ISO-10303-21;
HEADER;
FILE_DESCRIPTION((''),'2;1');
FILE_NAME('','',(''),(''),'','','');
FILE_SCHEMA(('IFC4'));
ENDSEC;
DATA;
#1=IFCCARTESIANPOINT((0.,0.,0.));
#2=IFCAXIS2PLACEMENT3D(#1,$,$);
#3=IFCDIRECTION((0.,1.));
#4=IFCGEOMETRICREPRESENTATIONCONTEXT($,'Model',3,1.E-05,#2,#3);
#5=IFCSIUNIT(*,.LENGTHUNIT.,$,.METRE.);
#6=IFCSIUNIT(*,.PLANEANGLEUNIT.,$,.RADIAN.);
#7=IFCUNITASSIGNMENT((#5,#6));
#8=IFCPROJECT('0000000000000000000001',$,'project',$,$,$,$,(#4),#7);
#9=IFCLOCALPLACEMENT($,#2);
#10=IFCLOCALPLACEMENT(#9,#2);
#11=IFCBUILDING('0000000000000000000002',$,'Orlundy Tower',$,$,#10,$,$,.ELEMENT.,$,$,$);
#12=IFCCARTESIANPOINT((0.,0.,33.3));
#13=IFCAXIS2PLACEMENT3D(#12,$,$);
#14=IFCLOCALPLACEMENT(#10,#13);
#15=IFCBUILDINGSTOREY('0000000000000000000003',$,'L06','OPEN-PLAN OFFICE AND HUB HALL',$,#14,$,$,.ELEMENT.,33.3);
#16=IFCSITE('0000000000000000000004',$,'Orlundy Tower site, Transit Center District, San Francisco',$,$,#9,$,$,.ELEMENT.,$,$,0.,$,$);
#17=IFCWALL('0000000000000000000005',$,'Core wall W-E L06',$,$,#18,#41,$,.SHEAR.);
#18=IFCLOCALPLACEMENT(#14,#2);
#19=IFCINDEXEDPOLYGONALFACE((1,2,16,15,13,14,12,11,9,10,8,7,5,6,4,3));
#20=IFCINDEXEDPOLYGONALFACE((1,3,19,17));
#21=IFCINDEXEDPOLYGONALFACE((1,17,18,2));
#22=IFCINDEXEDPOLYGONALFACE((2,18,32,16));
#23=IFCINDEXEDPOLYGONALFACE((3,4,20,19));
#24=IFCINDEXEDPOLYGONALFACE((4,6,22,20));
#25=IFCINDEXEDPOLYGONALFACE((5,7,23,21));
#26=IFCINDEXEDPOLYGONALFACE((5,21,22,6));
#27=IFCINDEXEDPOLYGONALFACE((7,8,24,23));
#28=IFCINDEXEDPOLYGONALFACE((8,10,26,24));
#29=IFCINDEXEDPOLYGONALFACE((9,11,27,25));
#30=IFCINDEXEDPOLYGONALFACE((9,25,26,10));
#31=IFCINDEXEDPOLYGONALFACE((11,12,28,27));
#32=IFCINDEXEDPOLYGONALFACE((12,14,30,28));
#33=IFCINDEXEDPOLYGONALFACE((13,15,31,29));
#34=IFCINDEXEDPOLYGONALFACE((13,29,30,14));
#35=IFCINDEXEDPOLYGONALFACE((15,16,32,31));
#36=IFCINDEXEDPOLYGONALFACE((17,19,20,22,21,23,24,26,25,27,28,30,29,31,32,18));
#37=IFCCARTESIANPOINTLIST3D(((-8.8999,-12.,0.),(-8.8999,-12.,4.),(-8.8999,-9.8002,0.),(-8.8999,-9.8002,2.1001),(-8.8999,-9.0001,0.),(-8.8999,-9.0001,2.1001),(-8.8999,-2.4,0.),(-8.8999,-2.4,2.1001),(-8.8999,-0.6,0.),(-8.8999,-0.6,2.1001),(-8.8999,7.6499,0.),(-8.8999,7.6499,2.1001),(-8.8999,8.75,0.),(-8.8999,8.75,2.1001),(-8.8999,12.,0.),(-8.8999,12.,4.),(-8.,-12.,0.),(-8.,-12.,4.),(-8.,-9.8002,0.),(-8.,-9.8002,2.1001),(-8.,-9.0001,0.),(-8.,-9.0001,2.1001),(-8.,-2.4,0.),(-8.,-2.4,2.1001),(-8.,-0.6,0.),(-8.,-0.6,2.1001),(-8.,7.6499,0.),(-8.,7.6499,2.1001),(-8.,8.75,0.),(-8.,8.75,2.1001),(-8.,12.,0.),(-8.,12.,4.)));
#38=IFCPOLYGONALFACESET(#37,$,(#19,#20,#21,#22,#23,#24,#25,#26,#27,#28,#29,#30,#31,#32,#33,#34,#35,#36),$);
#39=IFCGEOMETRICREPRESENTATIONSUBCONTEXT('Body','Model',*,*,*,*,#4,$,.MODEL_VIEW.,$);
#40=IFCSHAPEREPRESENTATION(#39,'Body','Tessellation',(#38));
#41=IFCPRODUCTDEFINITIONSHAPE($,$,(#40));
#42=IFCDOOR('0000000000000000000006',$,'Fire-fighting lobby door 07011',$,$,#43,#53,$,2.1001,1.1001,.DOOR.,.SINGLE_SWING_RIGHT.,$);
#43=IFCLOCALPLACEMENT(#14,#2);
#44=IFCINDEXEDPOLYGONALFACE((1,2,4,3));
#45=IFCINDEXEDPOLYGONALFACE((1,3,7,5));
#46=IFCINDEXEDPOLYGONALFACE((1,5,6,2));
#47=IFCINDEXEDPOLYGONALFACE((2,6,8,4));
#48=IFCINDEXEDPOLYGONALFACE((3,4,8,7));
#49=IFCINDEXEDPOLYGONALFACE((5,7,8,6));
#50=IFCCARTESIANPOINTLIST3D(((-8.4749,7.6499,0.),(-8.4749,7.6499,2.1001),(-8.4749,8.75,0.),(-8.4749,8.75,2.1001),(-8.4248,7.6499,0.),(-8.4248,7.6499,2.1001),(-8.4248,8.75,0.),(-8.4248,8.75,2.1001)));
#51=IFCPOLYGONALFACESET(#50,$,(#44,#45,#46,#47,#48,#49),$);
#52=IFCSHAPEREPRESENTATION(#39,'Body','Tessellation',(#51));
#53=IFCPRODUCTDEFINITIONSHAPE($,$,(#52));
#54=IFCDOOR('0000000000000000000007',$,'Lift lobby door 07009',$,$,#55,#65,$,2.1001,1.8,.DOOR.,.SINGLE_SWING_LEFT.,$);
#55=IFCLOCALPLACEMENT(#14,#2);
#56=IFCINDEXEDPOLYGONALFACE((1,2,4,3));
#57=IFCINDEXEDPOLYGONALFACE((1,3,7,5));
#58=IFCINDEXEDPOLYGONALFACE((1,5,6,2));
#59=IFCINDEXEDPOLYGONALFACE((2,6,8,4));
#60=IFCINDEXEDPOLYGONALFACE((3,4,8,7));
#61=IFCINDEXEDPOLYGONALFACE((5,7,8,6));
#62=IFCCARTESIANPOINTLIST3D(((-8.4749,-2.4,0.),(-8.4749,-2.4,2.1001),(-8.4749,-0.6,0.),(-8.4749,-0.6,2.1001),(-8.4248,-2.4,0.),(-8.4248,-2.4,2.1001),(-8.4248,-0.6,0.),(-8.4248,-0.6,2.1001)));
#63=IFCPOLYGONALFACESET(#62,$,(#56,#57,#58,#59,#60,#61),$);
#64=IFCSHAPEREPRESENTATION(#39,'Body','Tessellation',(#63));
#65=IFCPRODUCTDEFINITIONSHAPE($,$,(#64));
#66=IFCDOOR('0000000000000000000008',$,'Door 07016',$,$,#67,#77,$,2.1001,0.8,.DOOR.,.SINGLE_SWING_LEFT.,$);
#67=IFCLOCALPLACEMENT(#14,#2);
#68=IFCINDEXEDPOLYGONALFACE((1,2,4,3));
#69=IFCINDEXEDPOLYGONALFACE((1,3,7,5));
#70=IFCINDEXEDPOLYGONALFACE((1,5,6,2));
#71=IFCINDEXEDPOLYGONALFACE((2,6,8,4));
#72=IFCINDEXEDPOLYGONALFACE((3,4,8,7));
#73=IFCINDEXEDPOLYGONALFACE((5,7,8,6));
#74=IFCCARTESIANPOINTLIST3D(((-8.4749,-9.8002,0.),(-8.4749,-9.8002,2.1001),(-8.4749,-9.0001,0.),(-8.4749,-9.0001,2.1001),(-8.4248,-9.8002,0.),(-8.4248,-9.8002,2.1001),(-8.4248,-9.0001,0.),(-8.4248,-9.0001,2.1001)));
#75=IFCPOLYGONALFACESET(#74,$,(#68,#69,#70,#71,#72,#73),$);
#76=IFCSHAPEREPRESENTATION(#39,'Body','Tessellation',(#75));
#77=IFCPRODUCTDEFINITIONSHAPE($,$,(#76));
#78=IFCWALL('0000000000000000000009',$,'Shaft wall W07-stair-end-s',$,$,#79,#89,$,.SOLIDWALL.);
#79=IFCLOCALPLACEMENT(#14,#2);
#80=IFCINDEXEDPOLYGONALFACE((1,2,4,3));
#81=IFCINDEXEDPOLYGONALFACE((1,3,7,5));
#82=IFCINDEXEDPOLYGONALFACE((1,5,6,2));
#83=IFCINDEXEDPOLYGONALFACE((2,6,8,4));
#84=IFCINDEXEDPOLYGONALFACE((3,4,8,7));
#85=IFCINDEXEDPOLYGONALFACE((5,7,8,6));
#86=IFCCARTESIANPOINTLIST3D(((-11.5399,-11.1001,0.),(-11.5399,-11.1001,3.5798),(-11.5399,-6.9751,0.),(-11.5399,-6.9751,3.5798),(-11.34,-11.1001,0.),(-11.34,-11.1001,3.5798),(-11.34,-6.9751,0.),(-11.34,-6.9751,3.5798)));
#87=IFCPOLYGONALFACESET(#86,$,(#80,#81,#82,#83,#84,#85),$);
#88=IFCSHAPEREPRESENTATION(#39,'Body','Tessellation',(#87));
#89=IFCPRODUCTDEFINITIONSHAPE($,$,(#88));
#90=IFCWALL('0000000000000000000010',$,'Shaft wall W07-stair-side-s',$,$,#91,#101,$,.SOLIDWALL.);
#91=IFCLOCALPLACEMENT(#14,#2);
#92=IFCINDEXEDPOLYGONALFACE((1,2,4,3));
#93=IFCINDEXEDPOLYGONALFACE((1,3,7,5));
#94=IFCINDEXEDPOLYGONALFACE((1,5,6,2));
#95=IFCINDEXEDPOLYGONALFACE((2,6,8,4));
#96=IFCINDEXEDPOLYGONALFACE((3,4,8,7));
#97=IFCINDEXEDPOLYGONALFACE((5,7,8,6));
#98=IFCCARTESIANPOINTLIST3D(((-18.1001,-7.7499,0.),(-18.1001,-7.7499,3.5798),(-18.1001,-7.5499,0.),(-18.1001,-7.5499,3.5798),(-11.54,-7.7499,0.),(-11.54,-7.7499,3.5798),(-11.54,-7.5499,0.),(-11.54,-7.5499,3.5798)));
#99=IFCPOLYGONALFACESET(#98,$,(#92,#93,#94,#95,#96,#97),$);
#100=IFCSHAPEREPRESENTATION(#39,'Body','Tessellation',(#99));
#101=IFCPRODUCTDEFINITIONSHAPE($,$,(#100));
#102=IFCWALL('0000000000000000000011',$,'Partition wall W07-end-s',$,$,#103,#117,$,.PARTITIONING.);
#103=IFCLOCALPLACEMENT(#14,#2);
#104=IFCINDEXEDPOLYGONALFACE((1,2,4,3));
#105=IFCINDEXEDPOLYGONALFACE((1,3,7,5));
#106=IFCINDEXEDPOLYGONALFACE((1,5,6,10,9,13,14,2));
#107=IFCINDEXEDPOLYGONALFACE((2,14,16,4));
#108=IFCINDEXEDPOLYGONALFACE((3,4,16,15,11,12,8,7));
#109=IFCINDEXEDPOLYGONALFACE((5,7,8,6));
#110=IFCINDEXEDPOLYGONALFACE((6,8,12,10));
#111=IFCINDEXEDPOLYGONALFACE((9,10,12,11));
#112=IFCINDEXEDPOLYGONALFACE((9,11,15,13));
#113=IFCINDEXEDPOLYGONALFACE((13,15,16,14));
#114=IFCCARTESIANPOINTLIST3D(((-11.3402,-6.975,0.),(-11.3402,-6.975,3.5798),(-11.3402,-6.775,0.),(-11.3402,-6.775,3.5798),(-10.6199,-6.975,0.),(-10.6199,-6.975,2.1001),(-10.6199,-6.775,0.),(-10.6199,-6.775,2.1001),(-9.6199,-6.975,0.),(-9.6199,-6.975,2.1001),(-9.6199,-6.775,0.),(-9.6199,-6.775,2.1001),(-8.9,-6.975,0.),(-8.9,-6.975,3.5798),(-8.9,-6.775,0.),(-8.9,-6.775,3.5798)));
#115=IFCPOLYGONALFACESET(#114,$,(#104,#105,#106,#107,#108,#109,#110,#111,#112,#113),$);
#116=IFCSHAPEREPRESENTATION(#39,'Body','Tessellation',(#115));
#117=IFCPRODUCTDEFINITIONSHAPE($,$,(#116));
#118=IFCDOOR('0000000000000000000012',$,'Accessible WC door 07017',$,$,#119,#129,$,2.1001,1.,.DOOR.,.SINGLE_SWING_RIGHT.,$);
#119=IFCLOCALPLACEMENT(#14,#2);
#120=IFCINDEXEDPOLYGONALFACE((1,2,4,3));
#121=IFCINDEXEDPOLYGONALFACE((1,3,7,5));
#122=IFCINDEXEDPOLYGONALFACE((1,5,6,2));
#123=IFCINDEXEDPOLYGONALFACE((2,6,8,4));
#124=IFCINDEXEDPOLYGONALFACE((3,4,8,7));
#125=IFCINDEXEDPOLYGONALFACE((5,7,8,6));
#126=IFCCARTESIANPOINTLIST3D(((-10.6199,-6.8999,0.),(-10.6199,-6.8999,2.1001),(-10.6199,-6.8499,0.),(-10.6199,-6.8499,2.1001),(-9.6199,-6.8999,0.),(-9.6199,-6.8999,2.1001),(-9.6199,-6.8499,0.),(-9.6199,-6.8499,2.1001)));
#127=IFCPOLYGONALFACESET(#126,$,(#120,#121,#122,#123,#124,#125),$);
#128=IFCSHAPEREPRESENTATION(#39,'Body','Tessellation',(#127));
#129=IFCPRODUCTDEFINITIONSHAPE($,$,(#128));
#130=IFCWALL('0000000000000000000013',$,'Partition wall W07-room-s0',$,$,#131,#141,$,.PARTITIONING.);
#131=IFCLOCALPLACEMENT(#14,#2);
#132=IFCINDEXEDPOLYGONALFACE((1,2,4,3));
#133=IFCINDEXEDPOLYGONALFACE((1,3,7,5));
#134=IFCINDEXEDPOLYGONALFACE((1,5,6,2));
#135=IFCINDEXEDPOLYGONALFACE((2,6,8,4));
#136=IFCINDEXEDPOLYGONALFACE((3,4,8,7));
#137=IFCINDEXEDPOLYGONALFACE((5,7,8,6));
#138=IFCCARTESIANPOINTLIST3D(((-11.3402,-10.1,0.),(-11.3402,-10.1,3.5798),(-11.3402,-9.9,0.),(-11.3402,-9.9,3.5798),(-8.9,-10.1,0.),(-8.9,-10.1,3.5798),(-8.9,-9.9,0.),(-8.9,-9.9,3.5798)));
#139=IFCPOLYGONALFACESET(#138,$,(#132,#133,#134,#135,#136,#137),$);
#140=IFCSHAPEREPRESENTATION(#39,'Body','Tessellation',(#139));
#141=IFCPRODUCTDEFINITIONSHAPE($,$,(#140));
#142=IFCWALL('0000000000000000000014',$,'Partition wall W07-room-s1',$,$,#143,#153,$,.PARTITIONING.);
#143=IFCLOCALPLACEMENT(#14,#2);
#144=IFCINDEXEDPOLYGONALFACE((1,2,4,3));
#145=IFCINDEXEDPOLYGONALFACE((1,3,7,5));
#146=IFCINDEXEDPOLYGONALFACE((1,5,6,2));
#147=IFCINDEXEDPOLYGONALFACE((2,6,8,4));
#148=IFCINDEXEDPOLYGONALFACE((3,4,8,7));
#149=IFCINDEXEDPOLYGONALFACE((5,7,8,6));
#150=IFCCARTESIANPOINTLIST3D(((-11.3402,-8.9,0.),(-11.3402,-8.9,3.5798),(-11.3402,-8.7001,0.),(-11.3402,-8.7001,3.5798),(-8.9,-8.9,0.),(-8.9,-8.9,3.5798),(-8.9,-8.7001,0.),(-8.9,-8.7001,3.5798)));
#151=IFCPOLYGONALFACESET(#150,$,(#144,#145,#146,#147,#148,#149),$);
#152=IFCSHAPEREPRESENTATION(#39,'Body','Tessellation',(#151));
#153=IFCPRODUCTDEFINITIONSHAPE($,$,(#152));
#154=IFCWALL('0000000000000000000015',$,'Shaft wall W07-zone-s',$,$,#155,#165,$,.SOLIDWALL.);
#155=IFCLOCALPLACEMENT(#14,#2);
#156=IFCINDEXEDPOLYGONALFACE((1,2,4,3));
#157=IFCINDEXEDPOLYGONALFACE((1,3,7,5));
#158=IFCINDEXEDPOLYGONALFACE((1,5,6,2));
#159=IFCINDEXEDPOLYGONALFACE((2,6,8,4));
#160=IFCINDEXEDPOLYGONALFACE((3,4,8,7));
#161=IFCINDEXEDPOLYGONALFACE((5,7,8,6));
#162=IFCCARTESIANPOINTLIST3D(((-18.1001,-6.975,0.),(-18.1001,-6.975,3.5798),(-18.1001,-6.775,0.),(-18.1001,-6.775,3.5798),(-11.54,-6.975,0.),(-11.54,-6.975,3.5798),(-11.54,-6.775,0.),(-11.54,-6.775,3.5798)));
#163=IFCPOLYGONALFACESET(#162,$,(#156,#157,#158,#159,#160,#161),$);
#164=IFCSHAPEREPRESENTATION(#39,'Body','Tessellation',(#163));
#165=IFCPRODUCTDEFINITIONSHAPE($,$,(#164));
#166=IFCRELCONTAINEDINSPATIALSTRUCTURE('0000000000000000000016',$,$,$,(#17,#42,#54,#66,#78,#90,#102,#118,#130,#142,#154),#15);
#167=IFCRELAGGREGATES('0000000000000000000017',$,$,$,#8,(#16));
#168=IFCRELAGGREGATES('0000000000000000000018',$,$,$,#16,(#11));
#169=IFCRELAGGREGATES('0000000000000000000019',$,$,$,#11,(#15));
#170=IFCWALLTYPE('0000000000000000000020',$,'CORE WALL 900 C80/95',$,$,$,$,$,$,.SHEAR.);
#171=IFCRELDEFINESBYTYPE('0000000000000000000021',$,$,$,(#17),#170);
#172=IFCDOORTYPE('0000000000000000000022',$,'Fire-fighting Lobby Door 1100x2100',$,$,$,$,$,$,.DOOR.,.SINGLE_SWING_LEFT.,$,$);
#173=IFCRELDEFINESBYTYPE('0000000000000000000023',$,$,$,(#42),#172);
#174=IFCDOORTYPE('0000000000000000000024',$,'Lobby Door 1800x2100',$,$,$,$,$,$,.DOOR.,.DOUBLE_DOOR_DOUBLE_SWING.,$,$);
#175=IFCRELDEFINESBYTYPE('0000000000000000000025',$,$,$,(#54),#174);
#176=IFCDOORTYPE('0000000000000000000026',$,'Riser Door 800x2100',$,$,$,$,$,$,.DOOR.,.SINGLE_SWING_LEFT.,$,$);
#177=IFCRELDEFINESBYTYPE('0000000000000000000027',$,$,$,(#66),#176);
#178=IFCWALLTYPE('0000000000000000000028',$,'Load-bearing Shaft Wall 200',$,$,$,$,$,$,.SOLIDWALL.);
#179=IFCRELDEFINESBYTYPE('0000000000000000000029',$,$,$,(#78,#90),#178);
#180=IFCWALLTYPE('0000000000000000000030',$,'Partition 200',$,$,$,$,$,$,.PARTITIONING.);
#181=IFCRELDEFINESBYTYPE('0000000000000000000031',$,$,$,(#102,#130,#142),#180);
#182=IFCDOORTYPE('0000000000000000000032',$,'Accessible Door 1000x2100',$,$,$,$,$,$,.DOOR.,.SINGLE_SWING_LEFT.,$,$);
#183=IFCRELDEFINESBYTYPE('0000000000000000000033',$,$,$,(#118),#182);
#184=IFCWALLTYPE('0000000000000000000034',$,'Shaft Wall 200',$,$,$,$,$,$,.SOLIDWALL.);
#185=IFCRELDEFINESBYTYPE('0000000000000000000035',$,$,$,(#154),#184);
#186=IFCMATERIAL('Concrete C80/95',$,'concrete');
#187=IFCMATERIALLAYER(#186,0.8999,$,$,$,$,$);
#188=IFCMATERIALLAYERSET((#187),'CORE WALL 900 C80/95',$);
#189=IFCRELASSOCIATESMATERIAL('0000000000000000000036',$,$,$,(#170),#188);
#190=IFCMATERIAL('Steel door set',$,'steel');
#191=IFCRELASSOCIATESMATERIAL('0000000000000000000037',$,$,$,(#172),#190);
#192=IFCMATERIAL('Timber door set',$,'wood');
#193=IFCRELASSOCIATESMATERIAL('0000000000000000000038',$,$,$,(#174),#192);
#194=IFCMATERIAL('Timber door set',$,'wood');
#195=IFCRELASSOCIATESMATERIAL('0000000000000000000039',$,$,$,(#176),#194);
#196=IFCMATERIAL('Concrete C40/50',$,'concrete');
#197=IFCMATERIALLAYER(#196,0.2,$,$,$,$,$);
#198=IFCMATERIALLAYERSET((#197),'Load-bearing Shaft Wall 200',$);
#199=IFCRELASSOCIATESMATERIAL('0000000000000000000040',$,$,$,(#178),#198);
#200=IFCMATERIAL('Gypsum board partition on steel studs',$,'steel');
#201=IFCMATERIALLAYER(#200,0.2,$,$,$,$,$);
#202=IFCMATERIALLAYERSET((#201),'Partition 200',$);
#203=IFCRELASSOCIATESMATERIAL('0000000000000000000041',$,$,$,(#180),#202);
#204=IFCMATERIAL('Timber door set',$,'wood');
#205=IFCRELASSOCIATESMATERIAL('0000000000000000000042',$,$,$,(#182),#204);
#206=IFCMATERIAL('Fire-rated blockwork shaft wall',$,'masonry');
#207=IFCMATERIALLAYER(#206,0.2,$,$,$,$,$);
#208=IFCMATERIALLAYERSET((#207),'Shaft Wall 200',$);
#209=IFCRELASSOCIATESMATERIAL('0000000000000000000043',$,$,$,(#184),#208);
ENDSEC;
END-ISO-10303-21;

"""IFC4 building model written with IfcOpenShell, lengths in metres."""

from ifc_helpers import new_model, si_unit, direction, frame, frame_2d, origin, place, context, subcontext, project, spatial, rectangle, extrude, material, layer, layer_set, type_object, element, fill, save


model = new_model("IFC4")

# Units and contexts
model_context = context("Model", 3, precision=1e-05, world=origin(), true_north=direction((0.0, 1.0)))
body_context = subcontext(model_context, "Body", "Model", "MODEL_VIEW")
ifc_project = project(units=[si_unit("LENGTHUNIT", "METRE"), si_unit("PLANEANGLEUNIT", "RADIAN")], contexts=[model_context])

# Site, building, storey
site_placement = place(None, origin())
site = spatial("IfcSite", under=ifc_project, at=site_placement, Name="Orlundy Tower site, Transit Center District, San Francisco", CompositionType="ELEMENT", RefElevation=0.0)
building_placement = place(site_placement, origin())
building = spatial("IfcBuilding", under=site, at=building_placement, Name="Orlundy Tower", CompositionType="ELEMENT")
storey_placement = place(building_placement, frame((0.0, 0.0, 33.3)))
storey = spatial("IfcBuildingStorey", under=building, at=storey_placement, Name="L06", Description="OPEN-PLAN OFFICE AND HUB HALL", CompositionType="ELEMENT", Elevation=33.3)

# Wall, openings, doors
ifc_material_1 = material(Name="Concrete C80/95", Category="concrete")
ifc_layer_1 = layer(ifc_material_1, 0.8999)
ifc_layer_set_1 = layer_set([ifc_layer_1], Name="CORE WALL 900 C80/95")
wall_type_1 = type_object("IfcWallType", Name="CORE WALL 900 C80/95", PredefinedType="SHEAR", material=ifc_layer_set_1)
wall_1_placement = place(storey_placement, frame((-8.45, -12.0, 0.0), z_axis=(0.0, 0.0, 1.0), x_axis=(0.0, 1.0, 0.0)))
wall_1 = element("IfcWall", 1, at=wall_1_placement, inside=storey, type_object=wall_type_1, Name="Core wall W-E L06", PredefinedType="SHEAR", context=body_context, shape_type="SweptSolid", body=[
    extrude(rectangle(XDim=24.0, YDim=0.8999, at=frame_2d((12.0, 0.0))), origin(), (0.0, 0.0, 1.0), 4.0),
])
opening_1_placement = place(wall_1_placement, frame((9.6001, 0.0, 0.0)))
opening_1 = element("IfcOpeningElement", 2, at=opening_1_placement, cuts=wall_1, PredefinedType="OPENING", context=body_context, shape_type="SweptSolid", body=[
    extrude(rectangle(XDim=1.8, YDim=2.1001, at=frame_2d((0.8999, 1.05))), frame((0.0, 0.46, 0.0), z_axis=(0.0, -1.0, 0.0), x_axis=(1.0, 0.0, 0.0)), (0.0, 0.0, 1.0), 0.9199),
])
opening_2_placement = place(wall_1_placement, frame((19.6499, 0.0, 0.0)))
opening_2 = element("IfcOpeningElement", 3, at=opening_2_placement, cuts=wall_1, PredefinedType="OPENING", context=body_context, shape_type="SweptSolid", body=[
    extrude(rectangle(XDim=1.1001, YDim=2.1001, at=frame_2d((0.55, 1.05))), frame((0.0, 0.46, 0.0), z_axis=(0.0, -1.0, 0.0), x_axis=(1.0, 0.0, 0.0)), (0.0, 0.0, 1.0), 0.9199),
])
opening_3_placement = place(wall_1_placement, frame((2.2, 0.0, 0.0)))
opening_3 = element("IfcOpeningElement", 4, at=opening_3_placement, cuts=wall_1, PredefinedType="OPENING", context=body_context, shape_type="SweptSolid", body=[
    extrude(rectangle(XDim=0.8, YDim=2.1001, at=frame_2d((0.3999, 1.05))), frame((0.0, 0.46, 0.0), z_axis=(0.0, -1.0, 0.0), x_axis=(1.0, 0.0, 0.0)), (0.0, 0.0, 1.0), 0.9199),
])
ifc_material_2 = material(Name="Steel door set", Category="steel")
door_type_1 = type_object("IfcDoorType", Name="Fire-fighting Lobby Door 1100x2100", OperationType="SINGLE_SWING_LEFT", PredefinedType="DOOR", material=ifc_material_2)
door_1_placement = place(opening_2_placement, origin())
door_1 = element("IfcDoor", 5, at=door_1_placement, inside=storey, type_object=door_type_1, Name="Fire-fighting lobby door 07011", OperationType="SINGLE_SWING_RIGHT", OverallHeight=2.1001, OverallWidth=1.1001, PredefinedType="DOOR", context=body_context, shape_type="SweptSolid", body=[
    extrude(rectangle(XDim=1.1001, YDim=2.1001, at=frame_2d((0.55, 1.05))), frame((0.0, 0.0249, 0.0), z_axis=(0.0, -1.0, 0.0), x_axis=(1.0, 0.0, 0.0)), (0.0, 0.0, 1.0), 0.05),
])
fill(opening_2, door_1)
ifc_material_3 = material(Name="Timber door set", Category="wood")
door_type_2 = type_object("IfcDoorType", Name="Lobby Door 1800x2100", OperationType="DOUBLE_DOOR_DOUBLE_SWING", PredefinedType="DOOR", material=ifc_material_3)
door_2_placement = place(opening_1_placement, origin())
door_2 = element("IfcDoor", 6, at=door_2_placement, inside=storey, type_object=door_type_2, Name="Lift lobby door 07009", OperationType="SINGLE_SWING_LEFT", OverallHeight=2.1001, OverallWidth=1.8, PredefinedType="DOOR", context=body_context, shape_type="SweptSolid", body=[
    extrude(rectangle(XDim=1.8, YDim=2.1001, at=frame_2d((0.8999, 1.05))), frame((0.0, 0.0249, 0.0), z_axis=(0.0, -1.0, 0.0), x_axis=(1.0, 0.0, 0.0)), (0.0, 0.0, 1.0), 0.05),
])
fill(opening_1, door_2)
ifc_material_4 = material(Name="Timber door set", Category="wood")
door_type_3 = type_object("IfcDoorType", Name="Riser Door 800x2100", OperationType="SINGLE_SWING_LEFT", PredefinedType="DOOR", material=ifc_material_4)
door_3_placement = place(opening_3_placement, origin())
door_3 = element("IfcDoor", 7, at=door_3_placement, inside=storey, type_object=door_type_3, Name="Door 07016", OperationType="SINGLE_SWING_LEFT", OverallHeight=2.1001, OverallWidth=0.8, PredefinedType="DOOR", context=body_context, shape_type="SweptSolid", body=[
    extrude(rectangle(XDim=0.8, YDim=2.1001, at=frame_2d((0.3999, 1.05))), frame((0.0, 0.0249, 0.0), z_axis=(0.0, -1.0, 0.0), x_axis=(1.0, 0.0, 0.0)), (0.0, 0.0, 1.0), 0.05),
])
fill(opening_3, door_3)

# Walls
ifc_material_5 = material(Name="Concrete C40/50", Category="concrete")
ifc_layer_2 = layer(ifc_material_5, 0.2)
ifc_layer_set_2 = layer_set([ifc_layer_2], Name="Load-bearing Shaft Wall 200")
wall_type_2 = type_object("IfcWallType", Name="Load-bearing Shaft Wall 200", PredefinedType="SOLIDWALL", material=ifc_layer_set_2)
wall_2_placement = place(storey_placement, frame((-11.4399, -11.1001, 0.0), z_axis=(0.0, 0.0, 1.0), x_axis=(0.0, 1.0, 0.0)))
element("IfcWall", 8, at=wall_2_placement, inside=storey, type_object=wall_type_2, Name="Shaft wall W07-stair-end-s", PredefinedType="SOLIDWALL", context=body_context, shape_type="SweptSolid", body=[
    extrude(rectangle(XDim=4.125, YDim=0.2, at=frame_2d((2.0625, 0.0))), origin(), (0.0, 0.0, 1.0), 3.5798),
])
wall_3_placement = place(storey_placement, frame((-11.54, -7.6499, 0.0), z_axis=(0.0, 0.0, 1.0), x_axis=(-1.0, 0.0, 0.0)))
element("IfcWall", 9, at=wall_3_placement, inside=storey, type_object=wall_type_2, Name="Shaft wall W07-stair-side-s", PredefinedType="SOLIDWALL", context=body_context, shape_type="SweptSolid", body=[
    extrude(rectangle(XDim=6.5601, YDim=0.2, at=frame_2d((3.28, 0.0))), origin(), (0.0, 0.0, 1.0), 3.5798),
])

# Wall, opening, door
ifc_material_6 = material(Name="Gypsum board partition on steel studs", Category="steel")
ifc_layer_3 = layer(ifc_material_6, 0.2)
ifc_layer_set_3 = layer_set([ifc_layer_3], Name="Partition 200")
wall_type_3 = type_object("IfcWallType", Name="Partition 200", PredefinedType="PARTITIONING", material=ifc_layer_set_3)
wall_4_placement = place(storey_placement, frame((-8.8999, -6.875, 0.0), z_axis=(0.0, 0.0, 1.0), x_axis=(-1.0, 0.0, 0.0)))
wall_4 = element("IfcWall", 10, at=wall_4_placement, inside=storey, type_object=wall_type_3, Name="Partition wall W07-end-s", PredefinedType="PARTITIONING", context=body_context, shape_type="SweptSolid", body=[
    extrude(rectangle(XDim=2.4402, YDim=0.2, at=frame_2d((1.2202, 0.0))), origin(), (0.0, 0.0, 1.0), 3.5798),
])
opening_4_placement = place(wall_4_placement, frame((0.72, 0.0, 0.0)))
opening_4 = element("IfcOpeningElement", 11, at=opening_4_placement, cuts=wall_4, PredefinedType="OPENING", context=body_context, shape_type="SweptSolid", body=[
    extrude(rectangle(XDim=1.0, YDim=2.1001, at=frame_2d((0.5, 1.05))), frame((0.0, 0.1101, 0.0), z_axis=(0.0, -1.0, 0.0), x_axis=(1.0, 0.0, 0.0)), (0.0, 0.0, 1.0), 0.2202),
])
ifc_material_7 = material(Name="Timber door set", Category="wood")
door_type_4 = type_object("IfcDoorType", Name="Accessible Door 1000x2100", OperationType="SINGLE_SWING_LEFT", PredefinedType="DOOR", material=ifc_material_7)
door_4_placement = place(opening_4_placement, origin())
door_4 = element("IfcDoor", 12, at=door_4_placement, inside=storey, type_object=door_type_4, Name="Accessible WC door 07017", OperationType="SINGLE_SWING_RIGHT", OverallHeight=2.1001, OverallWidth=1.0, PredefinedType="DOOR", context=body_context, shape_type="SweptSolid", body=[
    extrude(rectangle(XDim=1.0, YDim=2.1001, at=frame_2d((0.5, 1.05))), frame((0.0, 0.0249, 0.0), z_axis=(0.0, -1.0, 0.0), x_axis=(1.0, 0.0, 0.0)), (0.0, 0.0, 1.0), 0.05),
])
fill(opening_4, door_4)

# Walls
for number, where, z_axis, x_axis, name in (
    (13, (-8.8999, -10.0, 0.0), (0.0, 0.0, 1.0), (-1.0, 0.0, 0.0), "Partition wall W07-room-s0"),
    (14, (-8.8999, -8.8, 0.0), (0.0, 0.0, 1.0), (-1.0, 0.0, 0.0), "Partition wall W07-room-s1"),
):
    element("IfcWall", number, at=place(storey_placement, frame(where, z_axis=z_axis, x_axis=x_axis)), inside=storey, type_object=wall_type_3, Name=name, PredefinedType="PARTITIONING", context=body_context, shape_type="SweptSolid", body=[
        extrude(rectangle(XDim=2.4402, YDim=0.2, at=frame_2d((1.2202, 0.0))), origin(), (0.0, 0.0, 1.0), 3.5798),
    ])
ifc_material_8 = material(Name="Fire-rated blockwork shaft wall", Category="masonry")
ifc_layer_4 = layer(ifc_material_8, 0.2)
ifc_layer_set_4 = layer_set([ifc_layer_4], Name="Shaft Wall 200")
wall_type_4 = type_object("IfcWallType", Name="Shaft Wall 200", PredefinedType="SOLIDWALL", material=ifc_layer_set_4)
wall_5_placement = place(storey_placement, frame((-11.54, -6.875, 0.0), z_axis=(0.0, 0.0, 1.0), x_axis=(-1.0, 0.0, 0.0)))
element("IfcWall", 15, at=wall_5_placement, inside=storey, type_object=wall_type_4, Name="Shaft wall W07-zone-s", PredefinedType="SOLIDWALL", context=body_context, shape_type="SweptSolid", body=[
    extrude(rectangle(XDim=6.5601, YDim=0.2, at=frame_2d((3.28, 0.0))), origin(), (0.0, 0.0, 1.0), 3.5798),
])

save(model, "model.ifc")
